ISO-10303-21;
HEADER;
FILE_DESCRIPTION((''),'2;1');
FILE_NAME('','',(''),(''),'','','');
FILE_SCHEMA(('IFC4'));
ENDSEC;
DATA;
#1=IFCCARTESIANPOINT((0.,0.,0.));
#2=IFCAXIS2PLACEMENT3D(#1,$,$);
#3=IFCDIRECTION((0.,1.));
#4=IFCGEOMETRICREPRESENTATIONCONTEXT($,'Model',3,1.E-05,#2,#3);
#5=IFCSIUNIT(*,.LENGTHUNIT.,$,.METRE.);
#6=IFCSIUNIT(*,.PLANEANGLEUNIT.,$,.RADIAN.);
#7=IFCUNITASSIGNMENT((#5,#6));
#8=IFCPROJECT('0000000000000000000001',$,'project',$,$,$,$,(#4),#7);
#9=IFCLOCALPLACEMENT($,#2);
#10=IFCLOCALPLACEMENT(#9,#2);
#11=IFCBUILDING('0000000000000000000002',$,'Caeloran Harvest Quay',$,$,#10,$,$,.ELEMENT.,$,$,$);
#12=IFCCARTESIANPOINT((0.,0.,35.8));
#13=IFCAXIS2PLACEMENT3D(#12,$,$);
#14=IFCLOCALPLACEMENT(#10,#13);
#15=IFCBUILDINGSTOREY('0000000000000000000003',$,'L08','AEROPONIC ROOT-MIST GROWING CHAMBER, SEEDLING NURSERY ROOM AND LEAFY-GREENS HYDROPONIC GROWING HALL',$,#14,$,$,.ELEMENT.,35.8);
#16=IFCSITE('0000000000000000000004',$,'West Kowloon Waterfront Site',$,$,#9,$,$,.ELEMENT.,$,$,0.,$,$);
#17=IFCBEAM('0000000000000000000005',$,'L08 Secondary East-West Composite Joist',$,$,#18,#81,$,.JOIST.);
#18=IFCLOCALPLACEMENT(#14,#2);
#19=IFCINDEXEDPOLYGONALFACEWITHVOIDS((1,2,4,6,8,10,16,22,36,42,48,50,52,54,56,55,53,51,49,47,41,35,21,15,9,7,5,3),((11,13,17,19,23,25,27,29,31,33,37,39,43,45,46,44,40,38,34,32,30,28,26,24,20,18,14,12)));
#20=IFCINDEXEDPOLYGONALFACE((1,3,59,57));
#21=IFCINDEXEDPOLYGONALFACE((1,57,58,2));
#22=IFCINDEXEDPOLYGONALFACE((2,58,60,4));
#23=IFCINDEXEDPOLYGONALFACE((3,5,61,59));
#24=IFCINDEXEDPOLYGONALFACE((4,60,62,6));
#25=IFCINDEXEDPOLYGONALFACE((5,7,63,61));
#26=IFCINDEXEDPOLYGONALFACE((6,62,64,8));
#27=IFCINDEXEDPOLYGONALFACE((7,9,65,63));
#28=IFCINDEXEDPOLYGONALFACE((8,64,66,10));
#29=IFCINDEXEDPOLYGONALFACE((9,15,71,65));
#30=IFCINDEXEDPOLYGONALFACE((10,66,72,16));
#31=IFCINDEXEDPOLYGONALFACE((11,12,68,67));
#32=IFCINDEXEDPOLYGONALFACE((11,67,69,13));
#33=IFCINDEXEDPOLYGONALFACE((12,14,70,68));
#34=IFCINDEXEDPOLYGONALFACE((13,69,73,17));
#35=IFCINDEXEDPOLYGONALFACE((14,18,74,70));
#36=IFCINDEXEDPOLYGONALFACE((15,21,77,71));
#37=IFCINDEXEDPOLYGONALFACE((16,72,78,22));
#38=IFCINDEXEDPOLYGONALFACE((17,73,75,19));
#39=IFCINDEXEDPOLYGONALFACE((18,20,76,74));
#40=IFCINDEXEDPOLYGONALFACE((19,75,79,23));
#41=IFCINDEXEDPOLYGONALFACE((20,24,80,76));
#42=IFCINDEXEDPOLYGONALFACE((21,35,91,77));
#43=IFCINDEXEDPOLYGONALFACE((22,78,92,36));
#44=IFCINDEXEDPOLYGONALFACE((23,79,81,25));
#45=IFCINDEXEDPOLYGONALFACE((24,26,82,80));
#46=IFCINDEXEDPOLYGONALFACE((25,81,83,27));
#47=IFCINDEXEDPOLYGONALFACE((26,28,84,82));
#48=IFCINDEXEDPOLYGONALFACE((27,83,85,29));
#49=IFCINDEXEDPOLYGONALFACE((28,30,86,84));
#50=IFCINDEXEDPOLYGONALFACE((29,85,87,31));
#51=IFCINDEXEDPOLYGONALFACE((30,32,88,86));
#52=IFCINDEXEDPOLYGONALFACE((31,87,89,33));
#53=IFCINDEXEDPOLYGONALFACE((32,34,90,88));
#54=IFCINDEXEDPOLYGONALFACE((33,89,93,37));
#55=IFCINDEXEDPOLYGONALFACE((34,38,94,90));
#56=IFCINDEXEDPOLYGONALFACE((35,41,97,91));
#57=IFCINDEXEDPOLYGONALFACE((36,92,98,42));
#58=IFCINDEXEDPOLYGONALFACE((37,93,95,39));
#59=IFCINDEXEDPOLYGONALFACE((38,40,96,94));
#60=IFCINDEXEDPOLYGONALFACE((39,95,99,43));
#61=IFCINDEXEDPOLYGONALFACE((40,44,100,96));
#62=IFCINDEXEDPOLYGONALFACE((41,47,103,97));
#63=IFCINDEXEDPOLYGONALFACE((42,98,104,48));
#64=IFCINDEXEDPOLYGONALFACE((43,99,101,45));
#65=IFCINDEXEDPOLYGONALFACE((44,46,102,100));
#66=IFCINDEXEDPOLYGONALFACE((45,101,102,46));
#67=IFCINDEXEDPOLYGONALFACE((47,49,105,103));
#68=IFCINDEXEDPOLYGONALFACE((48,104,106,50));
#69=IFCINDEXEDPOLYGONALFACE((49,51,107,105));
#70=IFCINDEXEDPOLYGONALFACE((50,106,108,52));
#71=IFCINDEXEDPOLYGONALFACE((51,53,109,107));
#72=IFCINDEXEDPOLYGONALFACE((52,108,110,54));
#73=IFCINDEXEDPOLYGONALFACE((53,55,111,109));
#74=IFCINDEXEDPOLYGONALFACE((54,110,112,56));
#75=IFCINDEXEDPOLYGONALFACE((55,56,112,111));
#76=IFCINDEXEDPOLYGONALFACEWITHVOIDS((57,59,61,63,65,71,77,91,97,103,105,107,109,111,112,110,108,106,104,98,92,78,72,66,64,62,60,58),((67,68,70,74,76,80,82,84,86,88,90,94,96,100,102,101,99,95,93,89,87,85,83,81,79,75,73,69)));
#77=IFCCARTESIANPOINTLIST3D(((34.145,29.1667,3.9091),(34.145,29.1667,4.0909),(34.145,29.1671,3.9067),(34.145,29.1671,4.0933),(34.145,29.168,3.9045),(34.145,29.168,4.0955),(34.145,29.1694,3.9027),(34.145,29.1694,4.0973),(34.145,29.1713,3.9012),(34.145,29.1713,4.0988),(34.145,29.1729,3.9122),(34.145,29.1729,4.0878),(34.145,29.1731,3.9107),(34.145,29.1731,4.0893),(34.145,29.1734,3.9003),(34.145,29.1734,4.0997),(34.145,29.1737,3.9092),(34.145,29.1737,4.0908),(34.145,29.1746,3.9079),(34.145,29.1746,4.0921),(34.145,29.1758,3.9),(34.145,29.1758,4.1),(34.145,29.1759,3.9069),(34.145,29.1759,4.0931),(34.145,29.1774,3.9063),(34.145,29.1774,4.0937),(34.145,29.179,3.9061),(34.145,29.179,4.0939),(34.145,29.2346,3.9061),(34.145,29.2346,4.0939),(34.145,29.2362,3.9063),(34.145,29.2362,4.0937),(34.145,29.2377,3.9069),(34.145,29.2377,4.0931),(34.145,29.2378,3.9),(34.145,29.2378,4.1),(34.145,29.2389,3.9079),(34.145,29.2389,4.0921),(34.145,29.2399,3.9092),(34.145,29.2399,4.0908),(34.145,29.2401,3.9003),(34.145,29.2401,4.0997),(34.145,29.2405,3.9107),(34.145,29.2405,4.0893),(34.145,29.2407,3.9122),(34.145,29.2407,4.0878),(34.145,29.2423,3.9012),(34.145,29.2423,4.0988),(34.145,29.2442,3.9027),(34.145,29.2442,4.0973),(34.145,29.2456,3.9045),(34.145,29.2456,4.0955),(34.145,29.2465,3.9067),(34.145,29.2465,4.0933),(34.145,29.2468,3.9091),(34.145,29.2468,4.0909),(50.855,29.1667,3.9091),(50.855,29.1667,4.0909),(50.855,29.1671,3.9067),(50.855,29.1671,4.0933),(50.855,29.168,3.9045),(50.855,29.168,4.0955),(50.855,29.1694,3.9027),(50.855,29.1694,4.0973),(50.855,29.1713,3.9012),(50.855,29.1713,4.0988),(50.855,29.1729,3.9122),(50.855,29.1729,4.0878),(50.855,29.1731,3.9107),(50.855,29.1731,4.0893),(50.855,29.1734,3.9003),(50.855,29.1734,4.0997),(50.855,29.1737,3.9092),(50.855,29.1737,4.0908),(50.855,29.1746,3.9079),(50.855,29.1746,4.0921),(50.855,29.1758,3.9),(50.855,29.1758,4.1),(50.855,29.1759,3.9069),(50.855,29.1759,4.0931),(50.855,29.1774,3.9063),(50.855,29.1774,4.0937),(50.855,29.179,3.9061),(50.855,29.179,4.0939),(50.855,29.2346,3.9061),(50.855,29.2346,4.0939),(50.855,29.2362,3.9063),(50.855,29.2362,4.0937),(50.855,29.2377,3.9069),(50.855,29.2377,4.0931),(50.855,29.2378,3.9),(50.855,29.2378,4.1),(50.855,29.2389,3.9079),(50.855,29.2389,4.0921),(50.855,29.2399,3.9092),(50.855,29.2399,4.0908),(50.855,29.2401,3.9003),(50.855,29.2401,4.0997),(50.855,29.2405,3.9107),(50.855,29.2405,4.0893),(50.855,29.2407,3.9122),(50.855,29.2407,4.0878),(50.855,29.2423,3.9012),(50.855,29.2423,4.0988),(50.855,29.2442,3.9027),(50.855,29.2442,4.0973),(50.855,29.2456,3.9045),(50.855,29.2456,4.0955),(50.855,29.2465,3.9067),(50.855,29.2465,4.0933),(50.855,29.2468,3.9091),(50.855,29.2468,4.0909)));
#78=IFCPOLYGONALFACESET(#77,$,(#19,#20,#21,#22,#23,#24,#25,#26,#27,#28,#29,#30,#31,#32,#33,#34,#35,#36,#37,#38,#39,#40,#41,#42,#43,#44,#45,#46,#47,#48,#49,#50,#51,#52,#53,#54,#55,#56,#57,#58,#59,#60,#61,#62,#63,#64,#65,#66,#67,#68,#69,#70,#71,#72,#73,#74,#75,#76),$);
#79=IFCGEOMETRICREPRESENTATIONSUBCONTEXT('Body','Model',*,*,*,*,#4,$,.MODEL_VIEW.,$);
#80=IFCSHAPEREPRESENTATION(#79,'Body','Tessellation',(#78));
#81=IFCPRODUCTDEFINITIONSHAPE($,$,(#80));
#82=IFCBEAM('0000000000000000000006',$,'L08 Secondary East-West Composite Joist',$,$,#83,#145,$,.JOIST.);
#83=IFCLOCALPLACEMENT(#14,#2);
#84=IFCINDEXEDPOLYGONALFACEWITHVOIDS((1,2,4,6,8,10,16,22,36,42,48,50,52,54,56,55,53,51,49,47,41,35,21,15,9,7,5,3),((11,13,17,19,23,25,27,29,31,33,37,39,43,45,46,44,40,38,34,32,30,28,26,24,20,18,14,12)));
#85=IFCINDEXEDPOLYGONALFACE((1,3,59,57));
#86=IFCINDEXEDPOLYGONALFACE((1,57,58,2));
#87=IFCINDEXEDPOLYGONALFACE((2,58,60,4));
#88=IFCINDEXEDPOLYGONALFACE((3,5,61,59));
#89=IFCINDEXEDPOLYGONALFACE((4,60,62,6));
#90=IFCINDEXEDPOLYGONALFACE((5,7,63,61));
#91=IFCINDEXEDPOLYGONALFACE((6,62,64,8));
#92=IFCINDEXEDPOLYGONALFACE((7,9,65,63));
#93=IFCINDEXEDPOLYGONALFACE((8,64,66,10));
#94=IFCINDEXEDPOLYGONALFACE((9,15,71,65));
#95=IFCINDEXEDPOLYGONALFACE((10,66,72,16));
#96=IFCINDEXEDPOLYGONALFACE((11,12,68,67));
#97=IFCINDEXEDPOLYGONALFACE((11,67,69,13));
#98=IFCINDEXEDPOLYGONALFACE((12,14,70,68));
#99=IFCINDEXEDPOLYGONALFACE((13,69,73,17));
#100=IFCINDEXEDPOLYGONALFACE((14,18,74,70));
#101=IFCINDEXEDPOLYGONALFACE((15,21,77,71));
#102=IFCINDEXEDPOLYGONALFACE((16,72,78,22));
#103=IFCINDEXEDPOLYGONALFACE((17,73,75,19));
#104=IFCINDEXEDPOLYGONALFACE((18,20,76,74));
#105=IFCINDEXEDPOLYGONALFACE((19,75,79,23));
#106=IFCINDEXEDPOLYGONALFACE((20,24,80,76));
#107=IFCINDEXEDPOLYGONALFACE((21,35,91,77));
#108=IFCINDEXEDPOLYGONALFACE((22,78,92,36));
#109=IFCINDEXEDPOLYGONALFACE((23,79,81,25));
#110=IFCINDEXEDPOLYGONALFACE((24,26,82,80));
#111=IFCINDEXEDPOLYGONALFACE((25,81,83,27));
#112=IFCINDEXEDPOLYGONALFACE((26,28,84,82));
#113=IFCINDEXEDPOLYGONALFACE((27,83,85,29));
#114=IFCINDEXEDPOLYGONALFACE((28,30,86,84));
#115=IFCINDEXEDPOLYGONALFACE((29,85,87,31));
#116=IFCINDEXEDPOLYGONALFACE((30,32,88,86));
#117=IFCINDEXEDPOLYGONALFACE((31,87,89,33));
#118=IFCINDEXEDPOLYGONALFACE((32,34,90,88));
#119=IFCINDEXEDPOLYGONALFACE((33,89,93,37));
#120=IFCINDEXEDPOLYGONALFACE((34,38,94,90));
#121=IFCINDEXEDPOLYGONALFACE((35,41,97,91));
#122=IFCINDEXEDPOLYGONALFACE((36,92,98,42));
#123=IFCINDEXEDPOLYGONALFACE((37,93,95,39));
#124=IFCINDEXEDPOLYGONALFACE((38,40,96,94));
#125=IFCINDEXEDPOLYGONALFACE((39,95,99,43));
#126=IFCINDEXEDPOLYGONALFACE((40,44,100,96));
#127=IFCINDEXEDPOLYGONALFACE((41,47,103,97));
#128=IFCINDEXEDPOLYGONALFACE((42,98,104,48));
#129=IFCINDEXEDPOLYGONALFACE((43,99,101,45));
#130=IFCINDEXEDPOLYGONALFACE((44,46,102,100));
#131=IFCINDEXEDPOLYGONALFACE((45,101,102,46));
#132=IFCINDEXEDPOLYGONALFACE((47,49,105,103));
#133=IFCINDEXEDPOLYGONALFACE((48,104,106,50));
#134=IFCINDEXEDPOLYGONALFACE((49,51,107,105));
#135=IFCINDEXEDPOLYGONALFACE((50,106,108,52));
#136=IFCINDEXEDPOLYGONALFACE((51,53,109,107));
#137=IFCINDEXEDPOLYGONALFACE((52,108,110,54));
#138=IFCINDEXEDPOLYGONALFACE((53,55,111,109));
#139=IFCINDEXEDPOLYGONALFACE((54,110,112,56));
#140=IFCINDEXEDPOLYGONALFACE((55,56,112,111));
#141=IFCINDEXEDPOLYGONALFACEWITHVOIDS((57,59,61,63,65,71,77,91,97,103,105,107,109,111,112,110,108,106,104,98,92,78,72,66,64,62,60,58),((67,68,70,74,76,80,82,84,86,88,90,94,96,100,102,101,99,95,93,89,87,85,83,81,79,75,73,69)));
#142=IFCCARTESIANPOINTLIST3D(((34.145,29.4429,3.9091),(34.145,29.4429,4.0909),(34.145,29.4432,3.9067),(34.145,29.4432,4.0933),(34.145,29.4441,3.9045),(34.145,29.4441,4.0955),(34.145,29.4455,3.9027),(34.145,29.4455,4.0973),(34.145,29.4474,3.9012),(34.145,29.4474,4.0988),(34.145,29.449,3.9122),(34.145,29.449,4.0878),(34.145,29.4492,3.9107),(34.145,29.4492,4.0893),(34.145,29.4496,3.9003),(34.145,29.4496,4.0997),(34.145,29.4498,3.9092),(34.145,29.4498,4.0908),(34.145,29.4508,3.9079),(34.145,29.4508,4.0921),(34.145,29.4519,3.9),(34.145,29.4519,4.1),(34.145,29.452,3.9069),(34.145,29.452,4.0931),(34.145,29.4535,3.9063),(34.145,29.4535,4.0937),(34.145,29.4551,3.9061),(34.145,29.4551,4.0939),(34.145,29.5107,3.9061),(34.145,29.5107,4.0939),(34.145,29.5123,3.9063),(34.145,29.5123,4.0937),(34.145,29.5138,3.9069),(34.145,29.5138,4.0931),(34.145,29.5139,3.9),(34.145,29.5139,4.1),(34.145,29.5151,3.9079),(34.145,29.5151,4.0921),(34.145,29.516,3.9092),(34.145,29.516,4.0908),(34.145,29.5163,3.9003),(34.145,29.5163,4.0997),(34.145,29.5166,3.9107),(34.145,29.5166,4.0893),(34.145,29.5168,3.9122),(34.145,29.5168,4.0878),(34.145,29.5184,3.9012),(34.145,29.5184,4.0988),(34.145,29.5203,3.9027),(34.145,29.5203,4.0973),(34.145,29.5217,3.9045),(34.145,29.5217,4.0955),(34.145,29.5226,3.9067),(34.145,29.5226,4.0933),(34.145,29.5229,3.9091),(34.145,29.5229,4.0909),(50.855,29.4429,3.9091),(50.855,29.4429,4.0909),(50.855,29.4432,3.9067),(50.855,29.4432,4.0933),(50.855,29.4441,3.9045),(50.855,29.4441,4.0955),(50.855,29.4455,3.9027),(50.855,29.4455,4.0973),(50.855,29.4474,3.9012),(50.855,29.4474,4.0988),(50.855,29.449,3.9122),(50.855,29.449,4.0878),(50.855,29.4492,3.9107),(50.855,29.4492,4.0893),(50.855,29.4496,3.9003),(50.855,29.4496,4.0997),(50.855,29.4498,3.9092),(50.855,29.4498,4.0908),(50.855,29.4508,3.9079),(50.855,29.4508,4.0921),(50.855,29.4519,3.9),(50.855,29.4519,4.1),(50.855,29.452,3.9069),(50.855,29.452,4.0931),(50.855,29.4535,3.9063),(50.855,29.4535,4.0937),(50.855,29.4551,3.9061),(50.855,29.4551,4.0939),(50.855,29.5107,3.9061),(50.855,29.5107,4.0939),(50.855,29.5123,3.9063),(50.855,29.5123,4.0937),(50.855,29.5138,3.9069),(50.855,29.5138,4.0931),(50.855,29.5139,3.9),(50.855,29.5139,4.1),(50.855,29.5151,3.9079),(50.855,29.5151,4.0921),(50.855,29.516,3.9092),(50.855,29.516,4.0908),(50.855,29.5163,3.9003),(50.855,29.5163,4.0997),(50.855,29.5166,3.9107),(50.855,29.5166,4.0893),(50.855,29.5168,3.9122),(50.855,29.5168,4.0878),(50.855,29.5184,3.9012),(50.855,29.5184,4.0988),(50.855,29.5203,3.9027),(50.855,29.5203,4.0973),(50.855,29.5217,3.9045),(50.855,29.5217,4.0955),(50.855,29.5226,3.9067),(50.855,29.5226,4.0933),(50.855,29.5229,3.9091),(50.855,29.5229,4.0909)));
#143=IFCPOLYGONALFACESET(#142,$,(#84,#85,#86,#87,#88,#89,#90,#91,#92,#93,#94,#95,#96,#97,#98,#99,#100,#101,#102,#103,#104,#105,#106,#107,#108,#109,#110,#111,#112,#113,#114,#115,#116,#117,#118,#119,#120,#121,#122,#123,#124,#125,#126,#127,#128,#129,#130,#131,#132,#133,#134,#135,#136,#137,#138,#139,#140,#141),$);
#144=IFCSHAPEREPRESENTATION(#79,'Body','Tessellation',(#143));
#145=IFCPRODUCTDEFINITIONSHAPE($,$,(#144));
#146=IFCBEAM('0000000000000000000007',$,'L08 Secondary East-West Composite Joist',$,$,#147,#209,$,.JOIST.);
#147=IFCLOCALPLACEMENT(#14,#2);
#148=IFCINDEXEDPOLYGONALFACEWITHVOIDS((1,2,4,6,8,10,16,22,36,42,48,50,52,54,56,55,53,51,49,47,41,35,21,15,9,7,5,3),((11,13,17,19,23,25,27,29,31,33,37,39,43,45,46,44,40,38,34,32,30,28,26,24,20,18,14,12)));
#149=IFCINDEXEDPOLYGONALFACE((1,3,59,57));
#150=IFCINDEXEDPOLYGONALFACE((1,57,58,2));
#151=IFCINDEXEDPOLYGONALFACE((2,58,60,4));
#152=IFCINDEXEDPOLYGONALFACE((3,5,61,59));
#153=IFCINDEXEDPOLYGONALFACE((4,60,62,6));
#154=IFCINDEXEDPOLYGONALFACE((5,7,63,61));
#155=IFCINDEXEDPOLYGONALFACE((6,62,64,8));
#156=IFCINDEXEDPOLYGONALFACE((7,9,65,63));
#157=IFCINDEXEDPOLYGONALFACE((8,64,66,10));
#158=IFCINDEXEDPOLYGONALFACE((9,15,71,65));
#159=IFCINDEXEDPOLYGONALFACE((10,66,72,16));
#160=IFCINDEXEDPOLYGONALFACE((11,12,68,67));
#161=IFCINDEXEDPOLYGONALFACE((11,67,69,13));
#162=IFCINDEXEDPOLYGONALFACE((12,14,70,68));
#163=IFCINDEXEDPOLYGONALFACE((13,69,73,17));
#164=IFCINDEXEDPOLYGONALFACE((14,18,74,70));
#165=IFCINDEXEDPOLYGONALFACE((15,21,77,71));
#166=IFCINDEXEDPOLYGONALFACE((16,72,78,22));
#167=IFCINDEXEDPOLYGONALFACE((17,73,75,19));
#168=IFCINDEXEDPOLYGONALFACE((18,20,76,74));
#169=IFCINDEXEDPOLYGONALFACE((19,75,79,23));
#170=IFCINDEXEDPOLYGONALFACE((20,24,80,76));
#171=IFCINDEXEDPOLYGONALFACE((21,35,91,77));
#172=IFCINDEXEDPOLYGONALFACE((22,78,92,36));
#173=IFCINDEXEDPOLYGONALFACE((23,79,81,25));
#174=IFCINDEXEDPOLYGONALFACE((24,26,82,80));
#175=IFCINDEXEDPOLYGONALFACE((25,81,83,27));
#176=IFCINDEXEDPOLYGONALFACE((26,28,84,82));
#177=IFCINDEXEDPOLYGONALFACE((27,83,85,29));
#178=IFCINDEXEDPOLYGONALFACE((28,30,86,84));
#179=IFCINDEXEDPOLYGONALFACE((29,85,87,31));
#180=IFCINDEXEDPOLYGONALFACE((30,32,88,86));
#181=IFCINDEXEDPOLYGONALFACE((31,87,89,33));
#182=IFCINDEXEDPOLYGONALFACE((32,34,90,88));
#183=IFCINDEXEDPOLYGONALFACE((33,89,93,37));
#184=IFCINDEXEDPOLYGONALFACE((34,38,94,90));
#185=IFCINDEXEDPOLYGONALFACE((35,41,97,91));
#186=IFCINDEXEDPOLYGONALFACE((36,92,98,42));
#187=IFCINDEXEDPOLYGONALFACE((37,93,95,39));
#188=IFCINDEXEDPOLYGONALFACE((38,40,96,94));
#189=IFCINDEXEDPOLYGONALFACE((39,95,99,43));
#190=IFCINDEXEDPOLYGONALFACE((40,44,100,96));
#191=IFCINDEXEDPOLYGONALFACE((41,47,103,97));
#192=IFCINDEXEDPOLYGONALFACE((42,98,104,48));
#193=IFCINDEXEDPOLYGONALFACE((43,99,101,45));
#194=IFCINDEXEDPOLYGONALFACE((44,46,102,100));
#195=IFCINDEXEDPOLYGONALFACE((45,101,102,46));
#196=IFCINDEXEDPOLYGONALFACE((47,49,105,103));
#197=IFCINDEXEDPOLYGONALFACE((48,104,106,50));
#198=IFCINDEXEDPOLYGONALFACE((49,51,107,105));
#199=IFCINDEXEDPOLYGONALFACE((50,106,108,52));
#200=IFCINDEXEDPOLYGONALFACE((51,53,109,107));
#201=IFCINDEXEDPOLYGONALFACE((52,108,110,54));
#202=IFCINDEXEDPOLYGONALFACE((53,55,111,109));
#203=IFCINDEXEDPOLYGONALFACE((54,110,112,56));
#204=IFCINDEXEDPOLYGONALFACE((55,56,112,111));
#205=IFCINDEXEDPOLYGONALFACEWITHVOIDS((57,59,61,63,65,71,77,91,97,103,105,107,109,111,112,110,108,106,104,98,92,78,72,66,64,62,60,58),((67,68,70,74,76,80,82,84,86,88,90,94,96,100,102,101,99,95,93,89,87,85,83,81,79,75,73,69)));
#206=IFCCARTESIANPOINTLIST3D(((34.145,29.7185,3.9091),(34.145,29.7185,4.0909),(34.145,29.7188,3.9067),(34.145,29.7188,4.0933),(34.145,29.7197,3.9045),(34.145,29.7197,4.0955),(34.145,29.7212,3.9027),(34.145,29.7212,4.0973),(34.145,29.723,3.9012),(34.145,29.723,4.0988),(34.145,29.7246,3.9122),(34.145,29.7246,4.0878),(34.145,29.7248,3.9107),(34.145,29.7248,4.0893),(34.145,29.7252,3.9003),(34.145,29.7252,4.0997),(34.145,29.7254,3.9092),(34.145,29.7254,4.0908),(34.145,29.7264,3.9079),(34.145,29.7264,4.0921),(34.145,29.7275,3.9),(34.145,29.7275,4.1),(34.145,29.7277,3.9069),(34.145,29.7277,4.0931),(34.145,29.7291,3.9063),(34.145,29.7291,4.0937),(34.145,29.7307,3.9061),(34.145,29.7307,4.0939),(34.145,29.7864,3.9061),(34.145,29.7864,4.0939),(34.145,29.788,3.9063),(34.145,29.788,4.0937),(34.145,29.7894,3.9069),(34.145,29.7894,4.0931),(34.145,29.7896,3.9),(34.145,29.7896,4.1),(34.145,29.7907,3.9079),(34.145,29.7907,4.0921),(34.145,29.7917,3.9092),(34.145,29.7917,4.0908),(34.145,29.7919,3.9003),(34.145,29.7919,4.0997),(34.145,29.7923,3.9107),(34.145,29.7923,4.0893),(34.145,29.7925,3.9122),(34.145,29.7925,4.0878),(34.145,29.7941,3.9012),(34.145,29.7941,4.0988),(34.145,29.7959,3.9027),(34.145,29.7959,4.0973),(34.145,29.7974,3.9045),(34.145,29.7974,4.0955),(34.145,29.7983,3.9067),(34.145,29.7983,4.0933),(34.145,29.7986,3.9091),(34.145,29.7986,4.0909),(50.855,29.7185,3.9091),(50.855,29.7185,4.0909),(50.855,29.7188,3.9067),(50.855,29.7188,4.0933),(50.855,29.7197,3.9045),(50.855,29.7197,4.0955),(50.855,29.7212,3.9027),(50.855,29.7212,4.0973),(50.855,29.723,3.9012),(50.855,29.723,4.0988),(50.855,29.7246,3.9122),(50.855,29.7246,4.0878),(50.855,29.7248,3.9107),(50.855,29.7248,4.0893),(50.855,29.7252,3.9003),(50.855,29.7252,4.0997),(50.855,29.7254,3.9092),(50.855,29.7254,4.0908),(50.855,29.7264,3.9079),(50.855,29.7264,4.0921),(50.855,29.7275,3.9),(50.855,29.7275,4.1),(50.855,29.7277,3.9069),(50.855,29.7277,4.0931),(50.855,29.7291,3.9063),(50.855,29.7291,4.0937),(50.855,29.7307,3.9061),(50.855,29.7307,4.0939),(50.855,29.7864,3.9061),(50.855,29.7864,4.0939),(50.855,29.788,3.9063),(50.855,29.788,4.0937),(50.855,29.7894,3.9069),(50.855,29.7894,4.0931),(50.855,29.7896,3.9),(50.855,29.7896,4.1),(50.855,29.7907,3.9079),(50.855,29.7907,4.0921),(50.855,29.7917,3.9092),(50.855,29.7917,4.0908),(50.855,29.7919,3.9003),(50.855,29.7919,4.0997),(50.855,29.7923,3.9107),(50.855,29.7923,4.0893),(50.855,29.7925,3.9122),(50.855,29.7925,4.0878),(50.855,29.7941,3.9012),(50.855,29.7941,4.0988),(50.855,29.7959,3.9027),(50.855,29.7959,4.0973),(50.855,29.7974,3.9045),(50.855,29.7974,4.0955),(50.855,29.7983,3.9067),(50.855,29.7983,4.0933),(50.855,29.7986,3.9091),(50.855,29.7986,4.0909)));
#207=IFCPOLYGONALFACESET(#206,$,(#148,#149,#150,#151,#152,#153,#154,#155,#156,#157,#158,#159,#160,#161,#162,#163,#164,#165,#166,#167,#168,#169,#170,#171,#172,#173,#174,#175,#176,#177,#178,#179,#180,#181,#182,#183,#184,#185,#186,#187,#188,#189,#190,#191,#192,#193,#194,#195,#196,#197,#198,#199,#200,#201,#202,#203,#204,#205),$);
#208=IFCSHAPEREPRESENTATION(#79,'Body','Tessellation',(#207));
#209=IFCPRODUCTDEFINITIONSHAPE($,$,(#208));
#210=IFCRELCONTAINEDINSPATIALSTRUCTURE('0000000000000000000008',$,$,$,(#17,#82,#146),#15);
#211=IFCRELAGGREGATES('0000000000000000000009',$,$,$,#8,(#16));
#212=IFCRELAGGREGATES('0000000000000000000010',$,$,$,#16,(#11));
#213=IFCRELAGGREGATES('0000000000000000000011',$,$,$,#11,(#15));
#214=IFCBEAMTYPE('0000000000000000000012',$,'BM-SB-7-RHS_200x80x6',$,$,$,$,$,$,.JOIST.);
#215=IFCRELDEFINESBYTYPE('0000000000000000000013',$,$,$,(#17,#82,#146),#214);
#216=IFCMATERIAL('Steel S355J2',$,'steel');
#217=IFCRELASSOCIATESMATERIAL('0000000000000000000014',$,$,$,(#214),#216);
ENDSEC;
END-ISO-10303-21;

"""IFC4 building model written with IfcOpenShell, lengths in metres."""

from ifc_helpers import new_model, si_unit, direction, frame, origin, origin_2d, place, context, subcontext, project, spatial, hollow_rectangle, extrude, material, material_profile, profile_set, type_object, element, save


model = new_model("IFC4")

# Units and contexts
model_context = context("Model", 3, precision=1e-05, world=origin(), true_north=direction((0.0, 1.0)))
body_context = subcontext(model_context, "Body", "Model", "MODEL_VIEW")
ifc_project = project(units=[si_unit("LENGTHUNIT", "METRE"), si_unit("PLANEANGLEUNIT", "RADIAN")], contexts=[model_context])

# Site, building, storey
site_placement = place(None, origin())
site = spatial("IfcSite", under=ifc_project, at=site_placement, Name="West Kowloon Waterfront Site", CompositionType="ELEMENT", RefElevation=0.0)
building_placement = place(site_placement, origin())
building = spatial("IfcBuilding", under=site, at=building_placement, Name="Caeloran Harvest Quay", CompositionType="ELEMENT")
storey_placement = place(building_placement, frame((0.0, 0.0, 35.8)))
storey = spatial("IfcBuildingStorey", under=building, at=storey_placement, Name="L08", Description="AEROPONIC ROOT-MIST GROWING CHAMBER, SEEDLING NURSERY ROOM AND LEAFY-GREENS HYDROPONIC GROWING HALL", CompositionType="ELEMENT", Elevation=35.8)

# Beams
ifc_material_1 = material(Name="Steel S355J2", Category="steel")
ifc_material_profile_1 = material_profile(ifc_material_1, hollow_rectangle(XDim=0.0801, YDim=0.2, WallThickness=0.0061, InnerFilletRadius=0.0061, OuterFilletRadius=0.009, at=origin_2d()), Name="RHS 200x80x6")
ifc_profile_set_1 = profile_set([ifc_material_profile_1], Name="Steel S355J2")
beam_type_1 = type_object("IfcBeamType", Name="BM-SB-7-RHS_200x80x6", PredefinedType="JOIST", material=ifc_profile_set_1)
for number, where, z_axis, x_axis, name in (
    (1, (34.145, 29.2068, 4.0), (1.0, 0.0, 0.0), (0.0, 1.0, 0.0), "L08 Secondary East-West Composite Joist"),
    (2, (34.145, 29.4829, 4.0), (1.0, 0.0, 0.0), (0.0, 1.0, 0.0), "L08 Secondary East-West Composite Joist"),
    (3, (34.145, 29.7585, 4.0), (1.0, 0.0, 0.0), (0.0, 1.0, 0.0), "L08 Secondary East-West Composite Joist"),
):
    element("IfcBeam", number, at=place(storey_placement, frame(where, z_axis=z_axis, x_axis=x_axis)), inside=storey, type_object=beam_type_1, Name=name, PredefinedType="JOIST", context=body_context, shape_type="SweptSolid", body=[
        extrude(hollow_rectangle(XDim=0.0801, YDim=0.2, WallThickness=0.0061, InnerFilletRadius=0.0061, OuterFilletRadius=0.009, at=origin_2d()), origin(), (0.0, 0.0, 1.0), 16.71),
    ])

save(model, "model.ifc")
